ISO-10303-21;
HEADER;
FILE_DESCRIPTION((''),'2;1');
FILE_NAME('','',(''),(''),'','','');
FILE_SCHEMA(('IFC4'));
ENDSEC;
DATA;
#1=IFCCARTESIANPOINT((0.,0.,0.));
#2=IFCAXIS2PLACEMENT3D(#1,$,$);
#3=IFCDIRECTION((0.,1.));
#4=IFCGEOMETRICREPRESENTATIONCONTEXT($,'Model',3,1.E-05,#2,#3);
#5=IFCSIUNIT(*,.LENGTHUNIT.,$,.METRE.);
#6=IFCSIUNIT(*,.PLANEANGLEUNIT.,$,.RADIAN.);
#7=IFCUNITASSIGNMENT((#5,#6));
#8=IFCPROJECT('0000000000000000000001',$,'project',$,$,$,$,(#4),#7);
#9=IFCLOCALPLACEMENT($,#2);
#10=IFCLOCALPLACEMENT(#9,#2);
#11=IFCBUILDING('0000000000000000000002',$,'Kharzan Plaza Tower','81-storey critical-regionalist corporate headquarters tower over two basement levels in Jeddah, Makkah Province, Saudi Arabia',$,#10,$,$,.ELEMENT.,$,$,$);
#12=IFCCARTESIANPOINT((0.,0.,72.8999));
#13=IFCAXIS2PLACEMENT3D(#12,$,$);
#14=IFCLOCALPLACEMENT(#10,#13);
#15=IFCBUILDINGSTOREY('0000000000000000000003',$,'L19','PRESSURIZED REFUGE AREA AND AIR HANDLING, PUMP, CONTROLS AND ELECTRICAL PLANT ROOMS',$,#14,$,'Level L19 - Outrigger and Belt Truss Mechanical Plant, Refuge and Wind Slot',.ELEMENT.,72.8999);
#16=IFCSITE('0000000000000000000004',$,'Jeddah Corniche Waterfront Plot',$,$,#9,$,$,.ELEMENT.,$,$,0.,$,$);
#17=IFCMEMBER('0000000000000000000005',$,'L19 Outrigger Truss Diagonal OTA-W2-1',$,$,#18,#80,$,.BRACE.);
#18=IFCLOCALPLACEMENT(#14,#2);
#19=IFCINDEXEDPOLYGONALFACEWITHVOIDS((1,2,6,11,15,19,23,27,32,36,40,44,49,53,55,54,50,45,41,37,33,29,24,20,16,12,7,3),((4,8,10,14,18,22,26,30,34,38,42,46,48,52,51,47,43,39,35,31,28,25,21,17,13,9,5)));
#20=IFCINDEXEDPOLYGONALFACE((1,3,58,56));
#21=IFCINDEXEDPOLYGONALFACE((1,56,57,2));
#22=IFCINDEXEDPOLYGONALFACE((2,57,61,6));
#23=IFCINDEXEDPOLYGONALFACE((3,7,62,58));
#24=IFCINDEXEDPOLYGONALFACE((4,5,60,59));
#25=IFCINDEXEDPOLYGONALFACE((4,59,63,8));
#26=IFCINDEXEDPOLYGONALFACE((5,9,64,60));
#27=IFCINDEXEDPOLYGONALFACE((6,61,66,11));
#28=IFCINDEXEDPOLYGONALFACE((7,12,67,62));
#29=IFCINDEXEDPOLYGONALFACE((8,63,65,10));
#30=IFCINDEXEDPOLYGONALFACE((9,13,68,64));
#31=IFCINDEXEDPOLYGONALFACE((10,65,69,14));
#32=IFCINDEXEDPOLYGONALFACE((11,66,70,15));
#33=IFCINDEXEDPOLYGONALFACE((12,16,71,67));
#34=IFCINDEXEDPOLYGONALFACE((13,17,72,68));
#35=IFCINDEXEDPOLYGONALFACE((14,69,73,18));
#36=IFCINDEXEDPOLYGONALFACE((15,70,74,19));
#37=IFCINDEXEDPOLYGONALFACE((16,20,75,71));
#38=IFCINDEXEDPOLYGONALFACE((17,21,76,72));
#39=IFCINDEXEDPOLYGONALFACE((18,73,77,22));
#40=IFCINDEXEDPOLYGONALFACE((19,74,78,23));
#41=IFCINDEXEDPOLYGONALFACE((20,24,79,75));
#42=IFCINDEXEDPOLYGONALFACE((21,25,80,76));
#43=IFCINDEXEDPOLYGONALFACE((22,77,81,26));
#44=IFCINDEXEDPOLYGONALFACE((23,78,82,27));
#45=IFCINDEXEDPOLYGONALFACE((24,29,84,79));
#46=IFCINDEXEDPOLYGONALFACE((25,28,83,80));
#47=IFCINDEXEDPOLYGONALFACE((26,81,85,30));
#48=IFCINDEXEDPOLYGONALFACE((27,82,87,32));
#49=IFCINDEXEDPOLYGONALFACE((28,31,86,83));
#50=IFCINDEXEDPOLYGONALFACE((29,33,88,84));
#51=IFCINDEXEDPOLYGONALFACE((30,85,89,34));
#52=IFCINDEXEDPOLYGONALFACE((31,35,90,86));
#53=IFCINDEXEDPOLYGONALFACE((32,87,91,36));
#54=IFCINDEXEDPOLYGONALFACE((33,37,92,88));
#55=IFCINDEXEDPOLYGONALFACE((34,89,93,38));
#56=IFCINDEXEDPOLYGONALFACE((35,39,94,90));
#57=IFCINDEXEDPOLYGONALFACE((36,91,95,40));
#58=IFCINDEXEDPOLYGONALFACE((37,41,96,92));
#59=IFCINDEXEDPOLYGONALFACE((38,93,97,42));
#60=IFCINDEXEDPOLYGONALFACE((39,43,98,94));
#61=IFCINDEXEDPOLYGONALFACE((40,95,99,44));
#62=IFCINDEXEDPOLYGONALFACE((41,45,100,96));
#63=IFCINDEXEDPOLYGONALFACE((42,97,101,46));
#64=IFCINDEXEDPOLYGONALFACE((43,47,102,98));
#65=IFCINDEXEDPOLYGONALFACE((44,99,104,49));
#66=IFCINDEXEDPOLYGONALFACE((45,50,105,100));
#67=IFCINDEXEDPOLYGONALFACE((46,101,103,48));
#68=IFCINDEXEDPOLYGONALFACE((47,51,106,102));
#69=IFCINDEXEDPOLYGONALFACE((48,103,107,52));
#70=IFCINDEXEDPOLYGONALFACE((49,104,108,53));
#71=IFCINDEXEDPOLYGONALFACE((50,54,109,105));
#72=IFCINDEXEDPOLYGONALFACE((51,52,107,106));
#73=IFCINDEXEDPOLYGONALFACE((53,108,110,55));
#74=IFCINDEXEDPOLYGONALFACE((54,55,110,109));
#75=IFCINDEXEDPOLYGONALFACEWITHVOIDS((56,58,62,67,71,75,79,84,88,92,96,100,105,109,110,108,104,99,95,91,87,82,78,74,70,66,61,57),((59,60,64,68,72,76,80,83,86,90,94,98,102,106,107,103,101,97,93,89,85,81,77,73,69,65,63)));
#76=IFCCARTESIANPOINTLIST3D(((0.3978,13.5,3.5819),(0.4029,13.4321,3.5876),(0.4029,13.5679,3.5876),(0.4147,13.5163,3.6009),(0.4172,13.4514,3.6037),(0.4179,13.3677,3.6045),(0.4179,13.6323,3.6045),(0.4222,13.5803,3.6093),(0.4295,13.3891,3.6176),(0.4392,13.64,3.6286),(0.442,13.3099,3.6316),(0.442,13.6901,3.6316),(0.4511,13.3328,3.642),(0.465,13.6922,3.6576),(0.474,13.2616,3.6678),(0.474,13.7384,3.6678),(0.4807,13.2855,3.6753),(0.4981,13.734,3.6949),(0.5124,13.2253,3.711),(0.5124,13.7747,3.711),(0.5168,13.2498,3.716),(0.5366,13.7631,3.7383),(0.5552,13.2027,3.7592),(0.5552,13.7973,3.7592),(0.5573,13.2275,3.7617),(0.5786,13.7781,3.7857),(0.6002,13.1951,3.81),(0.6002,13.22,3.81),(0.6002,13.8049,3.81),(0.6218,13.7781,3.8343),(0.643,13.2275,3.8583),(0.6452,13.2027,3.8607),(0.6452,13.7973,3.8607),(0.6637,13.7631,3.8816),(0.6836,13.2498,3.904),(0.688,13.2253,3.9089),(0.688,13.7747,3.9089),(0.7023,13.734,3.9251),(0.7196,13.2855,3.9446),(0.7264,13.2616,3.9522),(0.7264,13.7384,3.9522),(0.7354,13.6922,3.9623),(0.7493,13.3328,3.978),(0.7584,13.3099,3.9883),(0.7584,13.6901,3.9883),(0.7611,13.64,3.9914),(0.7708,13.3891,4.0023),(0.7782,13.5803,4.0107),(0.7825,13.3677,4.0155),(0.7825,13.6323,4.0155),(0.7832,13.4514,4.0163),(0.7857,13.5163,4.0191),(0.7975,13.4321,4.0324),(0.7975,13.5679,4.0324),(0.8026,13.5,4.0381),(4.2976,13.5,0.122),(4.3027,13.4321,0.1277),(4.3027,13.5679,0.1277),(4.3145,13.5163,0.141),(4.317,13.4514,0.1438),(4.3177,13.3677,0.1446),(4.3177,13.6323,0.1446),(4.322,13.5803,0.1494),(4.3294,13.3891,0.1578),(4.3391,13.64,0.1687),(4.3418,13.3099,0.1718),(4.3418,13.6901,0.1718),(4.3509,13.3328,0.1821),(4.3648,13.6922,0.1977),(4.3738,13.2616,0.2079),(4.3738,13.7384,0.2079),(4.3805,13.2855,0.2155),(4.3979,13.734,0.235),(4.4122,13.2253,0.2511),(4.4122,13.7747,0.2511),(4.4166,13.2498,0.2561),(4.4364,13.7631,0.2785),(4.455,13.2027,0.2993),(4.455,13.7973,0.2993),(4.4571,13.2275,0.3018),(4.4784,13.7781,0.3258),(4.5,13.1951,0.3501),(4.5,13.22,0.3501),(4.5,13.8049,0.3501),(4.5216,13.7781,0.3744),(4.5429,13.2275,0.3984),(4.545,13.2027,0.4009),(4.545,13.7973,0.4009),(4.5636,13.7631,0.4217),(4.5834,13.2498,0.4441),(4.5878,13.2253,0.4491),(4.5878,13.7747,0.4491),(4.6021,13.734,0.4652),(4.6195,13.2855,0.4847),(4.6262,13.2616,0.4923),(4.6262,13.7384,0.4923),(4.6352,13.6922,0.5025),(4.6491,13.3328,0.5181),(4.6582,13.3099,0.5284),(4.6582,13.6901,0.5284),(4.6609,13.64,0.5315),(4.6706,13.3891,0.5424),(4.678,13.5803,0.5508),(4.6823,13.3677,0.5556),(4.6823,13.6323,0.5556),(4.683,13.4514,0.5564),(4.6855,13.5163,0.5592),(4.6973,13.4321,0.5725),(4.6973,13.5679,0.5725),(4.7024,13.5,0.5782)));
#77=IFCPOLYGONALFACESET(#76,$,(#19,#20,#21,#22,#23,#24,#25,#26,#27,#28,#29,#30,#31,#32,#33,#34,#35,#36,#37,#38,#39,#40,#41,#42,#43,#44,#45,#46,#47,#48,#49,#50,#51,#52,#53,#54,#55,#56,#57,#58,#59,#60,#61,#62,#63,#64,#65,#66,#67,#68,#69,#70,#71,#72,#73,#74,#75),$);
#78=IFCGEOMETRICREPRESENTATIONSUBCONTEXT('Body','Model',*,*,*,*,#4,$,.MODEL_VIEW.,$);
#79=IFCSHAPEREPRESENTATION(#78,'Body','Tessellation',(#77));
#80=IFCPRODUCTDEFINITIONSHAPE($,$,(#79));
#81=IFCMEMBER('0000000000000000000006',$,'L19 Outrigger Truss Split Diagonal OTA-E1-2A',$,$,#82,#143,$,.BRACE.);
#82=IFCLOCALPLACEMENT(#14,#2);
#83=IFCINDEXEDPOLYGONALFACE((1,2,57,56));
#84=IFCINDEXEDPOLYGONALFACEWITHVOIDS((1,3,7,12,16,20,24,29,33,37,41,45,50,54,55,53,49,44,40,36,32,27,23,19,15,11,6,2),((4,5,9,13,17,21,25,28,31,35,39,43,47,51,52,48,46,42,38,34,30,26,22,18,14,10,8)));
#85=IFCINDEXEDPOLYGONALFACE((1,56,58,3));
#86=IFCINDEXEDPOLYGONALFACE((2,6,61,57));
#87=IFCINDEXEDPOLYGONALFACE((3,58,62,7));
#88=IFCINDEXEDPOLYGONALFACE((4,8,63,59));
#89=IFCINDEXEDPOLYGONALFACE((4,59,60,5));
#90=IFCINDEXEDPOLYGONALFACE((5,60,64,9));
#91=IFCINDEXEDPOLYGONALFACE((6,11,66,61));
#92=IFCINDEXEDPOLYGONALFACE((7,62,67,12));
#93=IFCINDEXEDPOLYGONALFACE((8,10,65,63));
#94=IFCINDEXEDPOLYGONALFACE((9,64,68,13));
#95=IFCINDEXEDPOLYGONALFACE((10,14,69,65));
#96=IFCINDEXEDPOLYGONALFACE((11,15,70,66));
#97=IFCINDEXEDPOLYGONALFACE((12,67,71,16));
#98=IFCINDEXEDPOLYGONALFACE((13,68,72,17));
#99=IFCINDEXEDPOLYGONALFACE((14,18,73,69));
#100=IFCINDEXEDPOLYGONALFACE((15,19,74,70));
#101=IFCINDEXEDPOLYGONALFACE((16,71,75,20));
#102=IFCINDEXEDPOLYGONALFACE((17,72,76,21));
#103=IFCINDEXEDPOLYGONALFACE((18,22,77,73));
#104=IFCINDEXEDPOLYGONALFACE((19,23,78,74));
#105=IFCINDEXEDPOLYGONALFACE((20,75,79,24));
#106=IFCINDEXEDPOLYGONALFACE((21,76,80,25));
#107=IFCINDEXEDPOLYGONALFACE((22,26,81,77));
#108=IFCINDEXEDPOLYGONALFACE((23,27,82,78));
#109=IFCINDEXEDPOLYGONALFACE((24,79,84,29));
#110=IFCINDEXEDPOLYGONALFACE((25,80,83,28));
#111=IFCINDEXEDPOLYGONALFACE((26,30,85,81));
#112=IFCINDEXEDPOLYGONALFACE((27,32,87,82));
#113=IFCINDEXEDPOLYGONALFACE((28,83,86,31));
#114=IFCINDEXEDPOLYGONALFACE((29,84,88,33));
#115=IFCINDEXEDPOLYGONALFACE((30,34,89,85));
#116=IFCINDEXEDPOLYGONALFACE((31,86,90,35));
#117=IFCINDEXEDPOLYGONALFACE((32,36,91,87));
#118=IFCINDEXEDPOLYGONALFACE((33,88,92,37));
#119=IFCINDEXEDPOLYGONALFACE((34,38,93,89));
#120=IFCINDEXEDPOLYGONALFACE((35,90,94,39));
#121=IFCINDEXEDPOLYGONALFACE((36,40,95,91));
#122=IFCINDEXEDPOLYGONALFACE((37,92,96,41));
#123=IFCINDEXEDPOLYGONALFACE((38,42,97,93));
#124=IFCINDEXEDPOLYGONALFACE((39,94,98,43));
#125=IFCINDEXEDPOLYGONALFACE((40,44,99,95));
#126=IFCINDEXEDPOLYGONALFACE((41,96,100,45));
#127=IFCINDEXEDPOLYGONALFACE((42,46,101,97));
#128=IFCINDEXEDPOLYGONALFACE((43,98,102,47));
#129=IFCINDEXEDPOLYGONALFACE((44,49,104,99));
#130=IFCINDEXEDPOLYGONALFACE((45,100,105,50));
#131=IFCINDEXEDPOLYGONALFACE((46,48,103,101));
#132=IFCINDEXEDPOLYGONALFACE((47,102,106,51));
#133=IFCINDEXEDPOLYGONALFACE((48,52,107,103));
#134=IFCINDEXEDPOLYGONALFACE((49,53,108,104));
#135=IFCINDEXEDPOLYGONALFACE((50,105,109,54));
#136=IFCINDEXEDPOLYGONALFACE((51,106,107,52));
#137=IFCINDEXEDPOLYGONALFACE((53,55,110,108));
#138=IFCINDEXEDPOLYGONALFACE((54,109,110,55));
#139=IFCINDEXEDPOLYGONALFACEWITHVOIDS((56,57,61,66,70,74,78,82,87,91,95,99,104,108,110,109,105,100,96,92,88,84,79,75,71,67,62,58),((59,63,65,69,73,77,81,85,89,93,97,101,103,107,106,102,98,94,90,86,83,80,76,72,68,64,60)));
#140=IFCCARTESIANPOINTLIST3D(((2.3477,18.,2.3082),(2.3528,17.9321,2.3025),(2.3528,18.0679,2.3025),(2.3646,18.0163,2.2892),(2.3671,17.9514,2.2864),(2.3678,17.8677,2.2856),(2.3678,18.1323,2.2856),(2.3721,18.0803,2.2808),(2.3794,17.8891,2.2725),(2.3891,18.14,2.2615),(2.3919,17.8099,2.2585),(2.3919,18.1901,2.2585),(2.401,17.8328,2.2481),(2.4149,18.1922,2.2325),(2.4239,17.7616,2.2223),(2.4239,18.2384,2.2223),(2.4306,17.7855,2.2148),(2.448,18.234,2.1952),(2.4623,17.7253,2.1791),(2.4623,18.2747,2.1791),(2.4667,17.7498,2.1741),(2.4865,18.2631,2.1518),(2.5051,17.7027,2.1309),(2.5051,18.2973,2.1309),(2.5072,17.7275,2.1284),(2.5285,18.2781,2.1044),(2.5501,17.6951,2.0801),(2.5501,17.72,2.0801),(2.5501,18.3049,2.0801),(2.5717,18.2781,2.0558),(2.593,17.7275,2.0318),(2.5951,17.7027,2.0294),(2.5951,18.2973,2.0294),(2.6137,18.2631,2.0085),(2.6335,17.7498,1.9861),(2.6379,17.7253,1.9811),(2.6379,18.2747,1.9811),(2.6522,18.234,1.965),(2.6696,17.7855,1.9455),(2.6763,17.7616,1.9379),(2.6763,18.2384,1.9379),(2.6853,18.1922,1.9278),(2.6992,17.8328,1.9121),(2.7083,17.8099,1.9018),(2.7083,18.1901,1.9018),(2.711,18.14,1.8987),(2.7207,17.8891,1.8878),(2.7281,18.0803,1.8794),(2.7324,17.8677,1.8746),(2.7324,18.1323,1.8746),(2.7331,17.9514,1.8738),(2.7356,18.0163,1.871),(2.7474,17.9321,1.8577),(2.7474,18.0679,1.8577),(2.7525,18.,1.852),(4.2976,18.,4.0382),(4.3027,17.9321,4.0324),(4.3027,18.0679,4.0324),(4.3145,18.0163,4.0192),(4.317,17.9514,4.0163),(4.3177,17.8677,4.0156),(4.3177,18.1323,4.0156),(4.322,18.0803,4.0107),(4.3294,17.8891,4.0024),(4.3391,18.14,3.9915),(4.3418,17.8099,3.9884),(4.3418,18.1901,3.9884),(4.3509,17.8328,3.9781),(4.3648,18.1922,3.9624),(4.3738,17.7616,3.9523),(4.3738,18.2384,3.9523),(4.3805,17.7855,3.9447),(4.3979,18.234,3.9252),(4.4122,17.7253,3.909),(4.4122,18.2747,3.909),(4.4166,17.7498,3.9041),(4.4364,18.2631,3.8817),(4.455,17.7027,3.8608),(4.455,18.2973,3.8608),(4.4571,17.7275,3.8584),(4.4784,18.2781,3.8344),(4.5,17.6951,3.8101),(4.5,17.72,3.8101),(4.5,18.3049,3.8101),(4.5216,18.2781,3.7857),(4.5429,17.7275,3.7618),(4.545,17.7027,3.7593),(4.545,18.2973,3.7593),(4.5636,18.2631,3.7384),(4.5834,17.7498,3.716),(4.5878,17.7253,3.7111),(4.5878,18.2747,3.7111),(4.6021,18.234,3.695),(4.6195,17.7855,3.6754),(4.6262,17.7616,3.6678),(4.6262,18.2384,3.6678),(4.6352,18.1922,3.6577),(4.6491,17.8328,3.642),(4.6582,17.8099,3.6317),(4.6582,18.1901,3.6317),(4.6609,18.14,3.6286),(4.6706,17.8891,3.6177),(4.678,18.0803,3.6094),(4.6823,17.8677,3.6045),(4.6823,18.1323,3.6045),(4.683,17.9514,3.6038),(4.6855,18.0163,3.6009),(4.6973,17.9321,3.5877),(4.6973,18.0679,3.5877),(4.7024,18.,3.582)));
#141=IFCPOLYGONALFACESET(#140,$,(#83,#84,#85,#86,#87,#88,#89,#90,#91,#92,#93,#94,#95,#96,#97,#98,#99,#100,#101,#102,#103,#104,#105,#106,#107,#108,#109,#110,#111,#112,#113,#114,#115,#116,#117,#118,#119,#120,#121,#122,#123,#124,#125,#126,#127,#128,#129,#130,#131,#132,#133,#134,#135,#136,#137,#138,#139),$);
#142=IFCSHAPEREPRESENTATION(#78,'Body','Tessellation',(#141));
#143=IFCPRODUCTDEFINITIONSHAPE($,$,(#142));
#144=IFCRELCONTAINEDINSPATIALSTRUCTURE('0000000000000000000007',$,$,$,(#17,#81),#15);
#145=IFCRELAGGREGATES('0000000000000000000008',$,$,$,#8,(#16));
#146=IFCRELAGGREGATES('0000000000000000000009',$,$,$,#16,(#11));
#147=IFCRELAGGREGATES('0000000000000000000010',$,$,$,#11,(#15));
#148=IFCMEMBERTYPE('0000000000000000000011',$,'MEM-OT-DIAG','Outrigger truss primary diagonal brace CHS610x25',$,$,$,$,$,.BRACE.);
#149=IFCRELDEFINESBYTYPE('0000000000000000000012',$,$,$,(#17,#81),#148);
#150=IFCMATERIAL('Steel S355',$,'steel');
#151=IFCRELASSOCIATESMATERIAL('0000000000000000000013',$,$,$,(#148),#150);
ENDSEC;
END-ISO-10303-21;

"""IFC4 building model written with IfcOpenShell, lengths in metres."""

from ifc_helpers import new_model, si_unit, direction, frame, origin, origin_2d, place, context, subcontext, project, spatial, hollow_circle, extrude, source, transform, mapped, material, material_profile, profile_set, type_object, element, save


model = new_model("IFC4")

# Units and contexts
model_context = context("Model", 3, precision=1e-05, world=origin(), true_north=direction((0.0, 1.0)))
body_context = subcontext(model_context, "Body", "Model", "MODEL_VIEW")
ifc_project = project(units=[si_unit("LENGTHUNIT", "METRE"), si_unit("PLANEANGLEUNIT", "RADIAN")], contexts=[model_context])

# Site, building, storey
site_placement = place(None, origin())
site = spatial("IfcSite", under=ifc_project, at=site_placement, Name="Jeddah Corniche Waterfront Plot", CompositionType="ELEMENT", RefElevation=0.0)
building_placement = place(site_placement, origin())
building = spatial("IfcBuilding", under=site, at=building_placement, Name="Kharzan Plaza Tower", Description="81-storey critical-regionalist corporate headquarters tower over two basement levels in Jeddah, Makkah Province, Saudi Arabia", CompositionType="ELEMENT")
storey_placement = place(building_placement, frame((0.0, 0.0, 72.8999)))
storey = spatial("IfcBuildingStorey", under=building, at=storey_placement, Name="L19", Description="PRESSURIZED REFUGE AREA AND AIR HANDLING, PUMP, CONTROLS AND ELECTRICAL PLANT ROOMS", LongName="Level L19 - Outrigger and Belt Truss Mechanical Plant, Refuge and Wind Slot", CompositionType="ELEMENT", Elevation=72.8999)

# Shared definitions
ifc_material_1 = material(Name="Steel S355", Category="steel")

# Members
ifc_material_profile_1 = material_profile(ifc_material_1, hollow_circle(Radius=0.3049, WallThickness=0.0249, at=origin_2d()), Name="CHS610x25")
ifc_profile_set_1 = profile_set([ifc_material_profile_1], Name="Steel S355")
member_type_1 = type_object("IfcMemberType", Name="MEM-OT-DIAG", Description="Outrigger truss primary diagonal brace CHS610x25", PredefinedType="BRACE", material=ifc_profile_set_1)
shared_shape_1 = source(origin(), body_context, "Body", "SweptSolid", [
    extrude(hollow_circle(Radius=0.3049, WallThickness=0.0249, at=origin_2d()), origin(), (0.0, 0.0, 1.0), 5.2134),
])
for number, where, z_axis, x_axis, name in (
    (1, (4.5, 13.5, 0.3501), (-0.748039, 0.0, 0.663654), (0.0, -1.0, 0.0), "L19 Outrigger Truss Diagonal OTA-W2-1"),
):
    element("IfcMember", number, at=place(storey_placement, frame(where, z_axis=z_axis, x_axis=x_axis)), inside=storey, type_object=member_type_1, Name=name, PredefinedType="BRACE", context=body_context, shape_type="MappedRepresentation", body=[
        mapped(shared_shape_1, transform((0.0, 0.0, 0.0), x_axis=(1.0, 0.0, 0.0), y_axis=(0.0, 1.0, 0.0), z_axis=(0.0, 0.0, 1.0))),
    ])
shared_shape_2 = source(origin(), body_context, "Body", "SweptSolid", [
    extrude(hollow_circle(Radius=0.3049, WallThickness=0.0249, at=origin_2d()), origin(), (0.0, 0.0, 1.0), 2.6067),
])
for number, where, z_axis, x_axis, name in (
    (2, (4.5, 18.0, 3.8101), (-0.748039, 0.0, -0.663654), (0.0, -1.0, 0.0), "L19 Outrigger Truss Split Diagonal OTA-E1-2A"),
):
    element("IfcMember", number, at=place(storey_placement, frame(where, z_axis=z_axis, x_axis=x_axis)), inside=storey, type_object=member_type_1, Name=name, PredefinedType="BRACE", context=body_context, shape_type="MappedRepresentation", body=[
        mapped(shared_shape_2, transform((0.0, 0.0, 0.0), x_axis=(1.0, 0.0, 0.0), y_axis=(0.0, 1.0, 0.0), z_axis=(0.0, 0.0, 1.0))),
    ])

save(model, "model.ifc")
